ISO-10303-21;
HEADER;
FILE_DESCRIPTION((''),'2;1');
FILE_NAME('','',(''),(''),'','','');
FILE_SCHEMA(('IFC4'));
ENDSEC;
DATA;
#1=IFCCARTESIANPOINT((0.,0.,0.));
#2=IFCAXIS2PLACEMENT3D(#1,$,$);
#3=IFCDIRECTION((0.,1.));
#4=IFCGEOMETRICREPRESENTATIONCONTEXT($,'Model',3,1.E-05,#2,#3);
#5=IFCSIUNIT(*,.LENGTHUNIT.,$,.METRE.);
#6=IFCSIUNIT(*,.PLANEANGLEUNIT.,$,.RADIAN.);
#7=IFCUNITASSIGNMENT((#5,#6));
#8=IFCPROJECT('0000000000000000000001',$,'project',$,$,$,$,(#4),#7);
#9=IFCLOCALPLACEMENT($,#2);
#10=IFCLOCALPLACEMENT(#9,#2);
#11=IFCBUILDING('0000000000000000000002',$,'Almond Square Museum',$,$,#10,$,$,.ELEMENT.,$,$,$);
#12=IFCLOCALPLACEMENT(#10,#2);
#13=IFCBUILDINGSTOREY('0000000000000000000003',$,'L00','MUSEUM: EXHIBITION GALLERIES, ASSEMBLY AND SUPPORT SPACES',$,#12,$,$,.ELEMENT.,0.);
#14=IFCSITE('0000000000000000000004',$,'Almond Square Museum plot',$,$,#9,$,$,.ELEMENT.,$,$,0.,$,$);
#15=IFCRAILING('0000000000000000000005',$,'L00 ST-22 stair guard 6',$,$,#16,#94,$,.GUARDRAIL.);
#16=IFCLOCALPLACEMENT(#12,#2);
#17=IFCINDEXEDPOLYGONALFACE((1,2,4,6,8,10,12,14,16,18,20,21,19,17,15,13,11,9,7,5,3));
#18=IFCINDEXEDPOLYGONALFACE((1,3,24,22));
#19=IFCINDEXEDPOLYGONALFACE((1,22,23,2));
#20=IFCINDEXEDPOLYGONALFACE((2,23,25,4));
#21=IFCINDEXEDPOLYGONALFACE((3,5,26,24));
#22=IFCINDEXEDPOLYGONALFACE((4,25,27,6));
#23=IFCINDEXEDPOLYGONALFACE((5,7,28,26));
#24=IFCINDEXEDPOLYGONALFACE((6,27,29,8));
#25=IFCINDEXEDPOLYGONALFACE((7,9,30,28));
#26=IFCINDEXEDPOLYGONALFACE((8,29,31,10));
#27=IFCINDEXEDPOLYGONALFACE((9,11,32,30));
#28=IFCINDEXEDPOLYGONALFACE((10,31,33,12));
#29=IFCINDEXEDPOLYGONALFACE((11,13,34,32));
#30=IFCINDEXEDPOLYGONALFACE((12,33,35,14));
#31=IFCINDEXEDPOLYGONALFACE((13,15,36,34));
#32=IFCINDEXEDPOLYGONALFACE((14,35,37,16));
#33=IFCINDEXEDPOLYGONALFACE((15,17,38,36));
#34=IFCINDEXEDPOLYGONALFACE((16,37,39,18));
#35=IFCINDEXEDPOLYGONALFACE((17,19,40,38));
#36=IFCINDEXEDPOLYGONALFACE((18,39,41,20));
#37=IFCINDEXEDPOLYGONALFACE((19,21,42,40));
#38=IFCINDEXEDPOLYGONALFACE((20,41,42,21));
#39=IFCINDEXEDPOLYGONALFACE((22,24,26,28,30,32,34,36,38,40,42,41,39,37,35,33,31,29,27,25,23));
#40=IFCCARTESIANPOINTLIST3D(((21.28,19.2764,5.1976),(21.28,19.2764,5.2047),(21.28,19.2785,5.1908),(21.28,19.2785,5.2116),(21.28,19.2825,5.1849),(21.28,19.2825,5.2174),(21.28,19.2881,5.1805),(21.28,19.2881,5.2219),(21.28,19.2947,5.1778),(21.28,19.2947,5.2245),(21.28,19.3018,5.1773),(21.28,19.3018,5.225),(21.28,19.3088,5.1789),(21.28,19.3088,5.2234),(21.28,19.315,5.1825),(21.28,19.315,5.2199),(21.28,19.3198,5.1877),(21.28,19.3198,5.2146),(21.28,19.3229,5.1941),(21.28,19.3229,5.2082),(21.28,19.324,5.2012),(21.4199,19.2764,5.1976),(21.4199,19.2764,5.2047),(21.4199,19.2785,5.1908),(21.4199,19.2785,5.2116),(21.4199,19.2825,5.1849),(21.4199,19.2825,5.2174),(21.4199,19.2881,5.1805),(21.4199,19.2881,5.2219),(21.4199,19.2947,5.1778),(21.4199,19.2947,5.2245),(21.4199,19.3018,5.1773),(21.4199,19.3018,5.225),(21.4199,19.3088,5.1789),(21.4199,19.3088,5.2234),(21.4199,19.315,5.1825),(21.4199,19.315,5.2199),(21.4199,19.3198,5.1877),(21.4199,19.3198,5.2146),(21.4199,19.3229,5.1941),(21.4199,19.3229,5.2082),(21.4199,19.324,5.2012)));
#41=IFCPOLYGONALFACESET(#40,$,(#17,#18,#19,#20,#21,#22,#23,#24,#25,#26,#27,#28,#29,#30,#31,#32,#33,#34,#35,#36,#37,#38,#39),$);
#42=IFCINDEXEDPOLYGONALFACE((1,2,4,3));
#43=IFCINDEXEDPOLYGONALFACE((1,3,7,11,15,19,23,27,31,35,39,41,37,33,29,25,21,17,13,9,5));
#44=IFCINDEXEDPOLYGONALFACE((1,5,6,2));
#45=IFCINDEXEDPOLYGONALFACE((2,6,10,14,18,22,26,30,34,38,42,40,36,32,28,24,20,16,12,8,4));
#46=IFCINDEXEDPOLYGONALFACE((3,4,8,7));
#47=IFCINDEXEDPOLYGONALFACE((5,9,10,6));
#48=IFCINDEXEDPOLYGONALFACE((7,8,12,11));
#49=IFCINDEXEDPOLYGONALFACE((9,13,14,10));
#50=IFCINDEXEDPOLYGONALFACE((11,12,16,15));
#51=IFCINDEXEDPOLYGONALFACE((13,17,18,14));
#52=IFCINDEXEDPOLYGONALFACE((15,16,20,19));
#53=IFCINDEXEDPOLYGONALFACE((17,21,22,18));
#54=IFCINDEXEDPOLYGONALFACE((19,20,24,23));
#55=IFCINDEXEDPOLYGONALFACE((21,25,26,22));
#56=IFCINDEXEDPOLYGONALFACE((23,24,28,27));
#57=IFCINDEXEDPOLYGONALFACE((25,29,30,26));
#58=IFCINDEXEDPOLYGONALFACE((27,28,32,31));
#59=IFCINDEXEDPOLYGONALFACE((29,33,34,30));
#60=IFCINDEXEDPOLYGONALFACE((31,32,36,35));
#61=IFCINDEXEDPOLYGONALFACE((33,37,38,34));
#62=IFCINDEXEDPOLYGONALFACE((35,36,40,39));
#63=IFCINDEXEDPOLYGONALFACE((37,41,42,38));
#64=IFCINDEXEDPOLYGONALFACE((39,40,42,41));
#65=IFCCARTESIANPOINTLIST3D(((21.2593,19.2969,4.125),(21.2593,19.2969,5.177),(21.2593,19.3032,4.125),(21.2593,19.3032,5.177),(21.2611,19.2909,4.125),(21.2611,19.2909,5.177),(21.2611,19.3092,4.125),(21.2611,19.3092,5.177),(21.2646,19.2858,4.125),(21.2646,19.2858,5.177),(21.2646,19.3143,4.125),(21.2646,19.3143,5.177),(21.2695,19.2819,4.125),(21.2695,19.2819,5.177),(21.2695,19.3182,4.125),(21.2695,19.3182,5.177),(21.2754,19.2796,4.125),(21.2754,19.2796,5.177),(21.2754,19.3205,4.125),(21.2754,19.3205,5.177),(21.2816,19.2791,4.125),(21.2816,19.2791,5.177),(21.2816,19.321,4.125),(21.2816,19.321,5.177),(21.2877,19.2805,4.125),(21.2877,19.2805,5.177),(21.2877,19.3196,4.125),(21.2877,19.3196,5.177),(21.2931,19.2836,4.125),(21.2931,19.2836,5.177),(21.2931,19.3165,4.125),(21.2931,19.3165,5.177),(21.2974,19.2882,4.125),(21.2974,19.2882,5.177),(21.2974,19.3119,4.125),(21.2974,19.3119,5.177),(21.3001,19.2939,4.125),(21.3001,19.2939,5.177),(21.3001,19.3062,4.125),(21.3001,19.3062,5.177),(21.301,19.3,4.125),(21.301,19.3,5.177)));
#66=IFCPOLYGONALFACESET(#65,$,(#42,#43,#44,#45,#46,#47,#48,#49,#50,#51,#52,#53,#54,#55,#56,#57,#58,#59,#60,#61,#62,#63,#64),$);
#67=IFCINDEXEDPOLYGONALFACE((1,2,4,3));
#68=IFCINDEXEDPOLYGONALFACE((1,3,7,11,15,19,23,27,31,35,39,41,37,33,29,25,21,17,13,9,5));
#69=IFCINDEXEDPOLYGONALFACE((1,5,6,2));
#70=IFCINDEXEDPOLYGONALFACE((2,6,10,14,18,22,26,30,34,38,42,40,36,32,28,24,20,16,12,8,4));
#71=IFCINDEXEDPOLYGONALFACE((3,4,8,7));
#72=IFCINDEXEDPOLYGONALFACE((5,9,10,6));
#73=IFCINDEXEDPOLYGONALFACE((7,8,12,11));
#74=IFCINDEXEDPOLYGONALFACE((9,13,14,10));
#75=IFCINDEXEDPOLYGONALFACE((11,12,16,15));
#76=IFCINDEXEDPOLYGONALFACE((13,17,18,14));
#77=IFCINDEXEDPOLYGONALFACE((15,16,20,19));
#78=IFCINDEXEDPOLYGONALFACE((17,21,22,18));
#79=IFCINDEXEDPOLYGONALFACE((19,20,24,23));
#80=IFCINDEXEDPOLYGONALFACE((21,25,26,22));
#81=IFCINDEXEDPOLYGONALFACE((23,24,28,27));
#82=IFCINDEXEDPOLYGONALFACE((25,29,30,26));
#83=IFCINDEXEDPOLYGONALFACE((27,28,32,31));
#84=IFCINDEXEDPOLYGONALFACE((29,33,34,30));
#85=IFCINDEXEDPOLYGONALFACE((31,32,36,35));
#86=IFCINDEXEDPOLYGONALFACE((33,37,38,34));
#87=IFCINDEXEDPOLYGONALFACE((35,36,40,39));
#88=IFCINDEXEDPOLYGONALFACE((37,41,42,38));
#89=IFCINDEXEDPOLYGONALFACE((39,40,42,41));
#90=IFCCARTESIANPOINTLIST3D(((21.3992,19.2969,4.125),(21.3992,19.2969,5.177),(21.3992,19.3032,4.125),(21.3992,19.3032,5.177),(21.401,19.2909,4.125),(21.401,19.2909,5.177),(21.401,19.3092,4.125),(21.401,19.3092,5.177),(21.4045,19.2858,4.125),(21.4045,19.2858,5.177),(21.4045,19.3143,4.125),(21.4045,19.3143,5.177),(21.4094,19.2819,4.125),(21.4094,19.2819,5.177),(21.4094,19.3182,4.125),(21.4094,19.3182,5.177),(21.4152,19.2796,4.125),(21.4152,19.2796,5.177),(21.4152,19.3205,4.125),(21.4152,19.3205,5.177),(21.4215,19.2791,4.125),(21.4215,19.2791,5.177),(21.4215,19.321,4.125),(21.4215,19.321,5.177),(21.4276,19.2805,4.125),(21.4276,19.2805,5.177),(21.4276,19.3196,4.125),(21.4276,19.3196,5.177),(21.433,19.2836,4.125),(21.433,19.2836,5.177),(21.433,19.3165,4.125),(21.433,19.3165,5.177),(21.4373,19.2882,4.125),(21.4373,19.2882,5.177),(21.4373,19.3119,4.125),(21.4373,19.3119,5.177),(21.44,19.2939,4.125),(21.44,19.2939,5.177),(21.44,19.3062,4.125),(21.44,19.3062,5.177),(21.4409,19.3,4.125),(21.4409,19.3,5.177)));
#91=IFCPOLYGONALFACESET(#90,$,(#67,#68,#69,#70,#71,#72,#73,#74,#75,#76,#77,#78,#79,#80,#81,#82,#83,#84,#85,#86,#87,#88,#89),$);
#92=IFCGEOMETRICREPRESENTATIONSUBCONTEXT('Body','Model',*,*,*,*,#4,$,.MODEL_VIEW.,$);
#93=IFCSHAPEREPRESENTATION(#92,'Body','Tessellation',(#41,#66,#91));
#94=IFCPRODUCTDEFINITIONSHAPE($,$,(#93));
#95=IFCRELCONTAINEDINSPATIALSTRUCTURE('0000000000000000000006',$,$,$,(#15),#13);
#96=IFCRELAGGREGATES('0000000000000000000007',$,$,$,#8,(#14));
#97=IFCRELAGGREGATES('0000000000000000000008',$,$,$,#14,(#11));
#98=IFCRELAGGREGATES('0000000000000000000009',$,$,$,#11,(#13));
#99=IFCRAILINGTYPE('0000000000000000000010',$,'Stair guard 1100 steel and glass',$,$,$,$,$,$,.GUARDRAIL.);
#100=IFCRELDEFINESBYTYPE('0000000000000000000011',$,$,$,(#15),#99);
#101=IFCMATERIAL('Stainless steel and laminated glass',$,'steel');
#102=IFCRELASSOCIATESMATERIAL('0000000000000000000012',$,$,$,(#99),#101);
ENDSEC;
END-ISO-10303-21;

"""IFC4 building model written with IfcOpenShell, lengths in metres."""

from ifc_helpers import new_model, si_unit, direction, frame, origin, origin_2d, place, context, subcontext, project, spatial, circle, extrude, material, type_object, element, save


model = new_model("IFC4")

# Units and contexts
model_context = context("Model", 3, precision=1e-05, world=origin(), true_north=direction((0.0, 1.0)))
body_context = subcontext(model_context, "Body", "Model", "MODEL_VIEW")
ifc_project = project(units=[si_unit("LENGTHUNIT", "METRE"), si_unit("PLANEANGLEUNIT", "RADIAN")], contexts=[model_context])

# Site, building, storey
site_placement = place(None, origin())
site = spatial("IfcSite", under=ifc_project, at=site_placement, Name="Almond Square Museum plot", CompositionType="ELEMENT", RefElevation=0.0)
building_placement = place(site_placement, origin())
building = spatial("IfcBuilding", under=site, at=building_placement, Name="Almond Square Museum", CompositionType="ELEMENT")
storey_placement = place(building_placement, origin())
storey = spatial("IfcBuildingStorey", under=building, at=storey_placement, Name="L00", Description="MUSEUM: EXHIBITION GALLERIES, ASSEMBLY AND SUPPORT SPACES", CompositionType="ELEMENT", Elevation=0.0)

# Railing
ifc_material_1 = material(Name="Stainless steel and laminated glass", Category="steel")
railing_type_1 = type_object("IfcRailingType", Name="Stair guard 1100 steel and glass", PredefinedType="GUARDRAIL", material=ifc_material_1)
railing_1_placement = place(storey_placement, frame((21.28, 19.3, 4.125)))
element("IfcRailing", 1, at=railing_1_placement, inside=storey, type_object=railing_type_1, Name="L00 ST-22 stair guard 6", PredefinedType="GUARDRAIL", context=body_context, shape_type="SweptSolid", body=[
    extrude(circle(Radius=0.0239, at=origin_2d()), frame((0.0, 0.0, 1.0762), z_axis=(1.0, 0.0, 0.0), x_axis=(0.0, 1.0, 0.0)), (0.0, 0.0, 1.0), 0.1399),
    extrude(circle(Radius=0.021, at=origin_2d()), origin(), (0.0, 0.0, 1.0), 1.052),
    extrude(circle(Radius=0.021, at=origin_2d()), frame((0.1399, 0.0, 0.0)), (0.0, 0.0, 1.0), 1.052),
])

save(model, "model.ifc")
